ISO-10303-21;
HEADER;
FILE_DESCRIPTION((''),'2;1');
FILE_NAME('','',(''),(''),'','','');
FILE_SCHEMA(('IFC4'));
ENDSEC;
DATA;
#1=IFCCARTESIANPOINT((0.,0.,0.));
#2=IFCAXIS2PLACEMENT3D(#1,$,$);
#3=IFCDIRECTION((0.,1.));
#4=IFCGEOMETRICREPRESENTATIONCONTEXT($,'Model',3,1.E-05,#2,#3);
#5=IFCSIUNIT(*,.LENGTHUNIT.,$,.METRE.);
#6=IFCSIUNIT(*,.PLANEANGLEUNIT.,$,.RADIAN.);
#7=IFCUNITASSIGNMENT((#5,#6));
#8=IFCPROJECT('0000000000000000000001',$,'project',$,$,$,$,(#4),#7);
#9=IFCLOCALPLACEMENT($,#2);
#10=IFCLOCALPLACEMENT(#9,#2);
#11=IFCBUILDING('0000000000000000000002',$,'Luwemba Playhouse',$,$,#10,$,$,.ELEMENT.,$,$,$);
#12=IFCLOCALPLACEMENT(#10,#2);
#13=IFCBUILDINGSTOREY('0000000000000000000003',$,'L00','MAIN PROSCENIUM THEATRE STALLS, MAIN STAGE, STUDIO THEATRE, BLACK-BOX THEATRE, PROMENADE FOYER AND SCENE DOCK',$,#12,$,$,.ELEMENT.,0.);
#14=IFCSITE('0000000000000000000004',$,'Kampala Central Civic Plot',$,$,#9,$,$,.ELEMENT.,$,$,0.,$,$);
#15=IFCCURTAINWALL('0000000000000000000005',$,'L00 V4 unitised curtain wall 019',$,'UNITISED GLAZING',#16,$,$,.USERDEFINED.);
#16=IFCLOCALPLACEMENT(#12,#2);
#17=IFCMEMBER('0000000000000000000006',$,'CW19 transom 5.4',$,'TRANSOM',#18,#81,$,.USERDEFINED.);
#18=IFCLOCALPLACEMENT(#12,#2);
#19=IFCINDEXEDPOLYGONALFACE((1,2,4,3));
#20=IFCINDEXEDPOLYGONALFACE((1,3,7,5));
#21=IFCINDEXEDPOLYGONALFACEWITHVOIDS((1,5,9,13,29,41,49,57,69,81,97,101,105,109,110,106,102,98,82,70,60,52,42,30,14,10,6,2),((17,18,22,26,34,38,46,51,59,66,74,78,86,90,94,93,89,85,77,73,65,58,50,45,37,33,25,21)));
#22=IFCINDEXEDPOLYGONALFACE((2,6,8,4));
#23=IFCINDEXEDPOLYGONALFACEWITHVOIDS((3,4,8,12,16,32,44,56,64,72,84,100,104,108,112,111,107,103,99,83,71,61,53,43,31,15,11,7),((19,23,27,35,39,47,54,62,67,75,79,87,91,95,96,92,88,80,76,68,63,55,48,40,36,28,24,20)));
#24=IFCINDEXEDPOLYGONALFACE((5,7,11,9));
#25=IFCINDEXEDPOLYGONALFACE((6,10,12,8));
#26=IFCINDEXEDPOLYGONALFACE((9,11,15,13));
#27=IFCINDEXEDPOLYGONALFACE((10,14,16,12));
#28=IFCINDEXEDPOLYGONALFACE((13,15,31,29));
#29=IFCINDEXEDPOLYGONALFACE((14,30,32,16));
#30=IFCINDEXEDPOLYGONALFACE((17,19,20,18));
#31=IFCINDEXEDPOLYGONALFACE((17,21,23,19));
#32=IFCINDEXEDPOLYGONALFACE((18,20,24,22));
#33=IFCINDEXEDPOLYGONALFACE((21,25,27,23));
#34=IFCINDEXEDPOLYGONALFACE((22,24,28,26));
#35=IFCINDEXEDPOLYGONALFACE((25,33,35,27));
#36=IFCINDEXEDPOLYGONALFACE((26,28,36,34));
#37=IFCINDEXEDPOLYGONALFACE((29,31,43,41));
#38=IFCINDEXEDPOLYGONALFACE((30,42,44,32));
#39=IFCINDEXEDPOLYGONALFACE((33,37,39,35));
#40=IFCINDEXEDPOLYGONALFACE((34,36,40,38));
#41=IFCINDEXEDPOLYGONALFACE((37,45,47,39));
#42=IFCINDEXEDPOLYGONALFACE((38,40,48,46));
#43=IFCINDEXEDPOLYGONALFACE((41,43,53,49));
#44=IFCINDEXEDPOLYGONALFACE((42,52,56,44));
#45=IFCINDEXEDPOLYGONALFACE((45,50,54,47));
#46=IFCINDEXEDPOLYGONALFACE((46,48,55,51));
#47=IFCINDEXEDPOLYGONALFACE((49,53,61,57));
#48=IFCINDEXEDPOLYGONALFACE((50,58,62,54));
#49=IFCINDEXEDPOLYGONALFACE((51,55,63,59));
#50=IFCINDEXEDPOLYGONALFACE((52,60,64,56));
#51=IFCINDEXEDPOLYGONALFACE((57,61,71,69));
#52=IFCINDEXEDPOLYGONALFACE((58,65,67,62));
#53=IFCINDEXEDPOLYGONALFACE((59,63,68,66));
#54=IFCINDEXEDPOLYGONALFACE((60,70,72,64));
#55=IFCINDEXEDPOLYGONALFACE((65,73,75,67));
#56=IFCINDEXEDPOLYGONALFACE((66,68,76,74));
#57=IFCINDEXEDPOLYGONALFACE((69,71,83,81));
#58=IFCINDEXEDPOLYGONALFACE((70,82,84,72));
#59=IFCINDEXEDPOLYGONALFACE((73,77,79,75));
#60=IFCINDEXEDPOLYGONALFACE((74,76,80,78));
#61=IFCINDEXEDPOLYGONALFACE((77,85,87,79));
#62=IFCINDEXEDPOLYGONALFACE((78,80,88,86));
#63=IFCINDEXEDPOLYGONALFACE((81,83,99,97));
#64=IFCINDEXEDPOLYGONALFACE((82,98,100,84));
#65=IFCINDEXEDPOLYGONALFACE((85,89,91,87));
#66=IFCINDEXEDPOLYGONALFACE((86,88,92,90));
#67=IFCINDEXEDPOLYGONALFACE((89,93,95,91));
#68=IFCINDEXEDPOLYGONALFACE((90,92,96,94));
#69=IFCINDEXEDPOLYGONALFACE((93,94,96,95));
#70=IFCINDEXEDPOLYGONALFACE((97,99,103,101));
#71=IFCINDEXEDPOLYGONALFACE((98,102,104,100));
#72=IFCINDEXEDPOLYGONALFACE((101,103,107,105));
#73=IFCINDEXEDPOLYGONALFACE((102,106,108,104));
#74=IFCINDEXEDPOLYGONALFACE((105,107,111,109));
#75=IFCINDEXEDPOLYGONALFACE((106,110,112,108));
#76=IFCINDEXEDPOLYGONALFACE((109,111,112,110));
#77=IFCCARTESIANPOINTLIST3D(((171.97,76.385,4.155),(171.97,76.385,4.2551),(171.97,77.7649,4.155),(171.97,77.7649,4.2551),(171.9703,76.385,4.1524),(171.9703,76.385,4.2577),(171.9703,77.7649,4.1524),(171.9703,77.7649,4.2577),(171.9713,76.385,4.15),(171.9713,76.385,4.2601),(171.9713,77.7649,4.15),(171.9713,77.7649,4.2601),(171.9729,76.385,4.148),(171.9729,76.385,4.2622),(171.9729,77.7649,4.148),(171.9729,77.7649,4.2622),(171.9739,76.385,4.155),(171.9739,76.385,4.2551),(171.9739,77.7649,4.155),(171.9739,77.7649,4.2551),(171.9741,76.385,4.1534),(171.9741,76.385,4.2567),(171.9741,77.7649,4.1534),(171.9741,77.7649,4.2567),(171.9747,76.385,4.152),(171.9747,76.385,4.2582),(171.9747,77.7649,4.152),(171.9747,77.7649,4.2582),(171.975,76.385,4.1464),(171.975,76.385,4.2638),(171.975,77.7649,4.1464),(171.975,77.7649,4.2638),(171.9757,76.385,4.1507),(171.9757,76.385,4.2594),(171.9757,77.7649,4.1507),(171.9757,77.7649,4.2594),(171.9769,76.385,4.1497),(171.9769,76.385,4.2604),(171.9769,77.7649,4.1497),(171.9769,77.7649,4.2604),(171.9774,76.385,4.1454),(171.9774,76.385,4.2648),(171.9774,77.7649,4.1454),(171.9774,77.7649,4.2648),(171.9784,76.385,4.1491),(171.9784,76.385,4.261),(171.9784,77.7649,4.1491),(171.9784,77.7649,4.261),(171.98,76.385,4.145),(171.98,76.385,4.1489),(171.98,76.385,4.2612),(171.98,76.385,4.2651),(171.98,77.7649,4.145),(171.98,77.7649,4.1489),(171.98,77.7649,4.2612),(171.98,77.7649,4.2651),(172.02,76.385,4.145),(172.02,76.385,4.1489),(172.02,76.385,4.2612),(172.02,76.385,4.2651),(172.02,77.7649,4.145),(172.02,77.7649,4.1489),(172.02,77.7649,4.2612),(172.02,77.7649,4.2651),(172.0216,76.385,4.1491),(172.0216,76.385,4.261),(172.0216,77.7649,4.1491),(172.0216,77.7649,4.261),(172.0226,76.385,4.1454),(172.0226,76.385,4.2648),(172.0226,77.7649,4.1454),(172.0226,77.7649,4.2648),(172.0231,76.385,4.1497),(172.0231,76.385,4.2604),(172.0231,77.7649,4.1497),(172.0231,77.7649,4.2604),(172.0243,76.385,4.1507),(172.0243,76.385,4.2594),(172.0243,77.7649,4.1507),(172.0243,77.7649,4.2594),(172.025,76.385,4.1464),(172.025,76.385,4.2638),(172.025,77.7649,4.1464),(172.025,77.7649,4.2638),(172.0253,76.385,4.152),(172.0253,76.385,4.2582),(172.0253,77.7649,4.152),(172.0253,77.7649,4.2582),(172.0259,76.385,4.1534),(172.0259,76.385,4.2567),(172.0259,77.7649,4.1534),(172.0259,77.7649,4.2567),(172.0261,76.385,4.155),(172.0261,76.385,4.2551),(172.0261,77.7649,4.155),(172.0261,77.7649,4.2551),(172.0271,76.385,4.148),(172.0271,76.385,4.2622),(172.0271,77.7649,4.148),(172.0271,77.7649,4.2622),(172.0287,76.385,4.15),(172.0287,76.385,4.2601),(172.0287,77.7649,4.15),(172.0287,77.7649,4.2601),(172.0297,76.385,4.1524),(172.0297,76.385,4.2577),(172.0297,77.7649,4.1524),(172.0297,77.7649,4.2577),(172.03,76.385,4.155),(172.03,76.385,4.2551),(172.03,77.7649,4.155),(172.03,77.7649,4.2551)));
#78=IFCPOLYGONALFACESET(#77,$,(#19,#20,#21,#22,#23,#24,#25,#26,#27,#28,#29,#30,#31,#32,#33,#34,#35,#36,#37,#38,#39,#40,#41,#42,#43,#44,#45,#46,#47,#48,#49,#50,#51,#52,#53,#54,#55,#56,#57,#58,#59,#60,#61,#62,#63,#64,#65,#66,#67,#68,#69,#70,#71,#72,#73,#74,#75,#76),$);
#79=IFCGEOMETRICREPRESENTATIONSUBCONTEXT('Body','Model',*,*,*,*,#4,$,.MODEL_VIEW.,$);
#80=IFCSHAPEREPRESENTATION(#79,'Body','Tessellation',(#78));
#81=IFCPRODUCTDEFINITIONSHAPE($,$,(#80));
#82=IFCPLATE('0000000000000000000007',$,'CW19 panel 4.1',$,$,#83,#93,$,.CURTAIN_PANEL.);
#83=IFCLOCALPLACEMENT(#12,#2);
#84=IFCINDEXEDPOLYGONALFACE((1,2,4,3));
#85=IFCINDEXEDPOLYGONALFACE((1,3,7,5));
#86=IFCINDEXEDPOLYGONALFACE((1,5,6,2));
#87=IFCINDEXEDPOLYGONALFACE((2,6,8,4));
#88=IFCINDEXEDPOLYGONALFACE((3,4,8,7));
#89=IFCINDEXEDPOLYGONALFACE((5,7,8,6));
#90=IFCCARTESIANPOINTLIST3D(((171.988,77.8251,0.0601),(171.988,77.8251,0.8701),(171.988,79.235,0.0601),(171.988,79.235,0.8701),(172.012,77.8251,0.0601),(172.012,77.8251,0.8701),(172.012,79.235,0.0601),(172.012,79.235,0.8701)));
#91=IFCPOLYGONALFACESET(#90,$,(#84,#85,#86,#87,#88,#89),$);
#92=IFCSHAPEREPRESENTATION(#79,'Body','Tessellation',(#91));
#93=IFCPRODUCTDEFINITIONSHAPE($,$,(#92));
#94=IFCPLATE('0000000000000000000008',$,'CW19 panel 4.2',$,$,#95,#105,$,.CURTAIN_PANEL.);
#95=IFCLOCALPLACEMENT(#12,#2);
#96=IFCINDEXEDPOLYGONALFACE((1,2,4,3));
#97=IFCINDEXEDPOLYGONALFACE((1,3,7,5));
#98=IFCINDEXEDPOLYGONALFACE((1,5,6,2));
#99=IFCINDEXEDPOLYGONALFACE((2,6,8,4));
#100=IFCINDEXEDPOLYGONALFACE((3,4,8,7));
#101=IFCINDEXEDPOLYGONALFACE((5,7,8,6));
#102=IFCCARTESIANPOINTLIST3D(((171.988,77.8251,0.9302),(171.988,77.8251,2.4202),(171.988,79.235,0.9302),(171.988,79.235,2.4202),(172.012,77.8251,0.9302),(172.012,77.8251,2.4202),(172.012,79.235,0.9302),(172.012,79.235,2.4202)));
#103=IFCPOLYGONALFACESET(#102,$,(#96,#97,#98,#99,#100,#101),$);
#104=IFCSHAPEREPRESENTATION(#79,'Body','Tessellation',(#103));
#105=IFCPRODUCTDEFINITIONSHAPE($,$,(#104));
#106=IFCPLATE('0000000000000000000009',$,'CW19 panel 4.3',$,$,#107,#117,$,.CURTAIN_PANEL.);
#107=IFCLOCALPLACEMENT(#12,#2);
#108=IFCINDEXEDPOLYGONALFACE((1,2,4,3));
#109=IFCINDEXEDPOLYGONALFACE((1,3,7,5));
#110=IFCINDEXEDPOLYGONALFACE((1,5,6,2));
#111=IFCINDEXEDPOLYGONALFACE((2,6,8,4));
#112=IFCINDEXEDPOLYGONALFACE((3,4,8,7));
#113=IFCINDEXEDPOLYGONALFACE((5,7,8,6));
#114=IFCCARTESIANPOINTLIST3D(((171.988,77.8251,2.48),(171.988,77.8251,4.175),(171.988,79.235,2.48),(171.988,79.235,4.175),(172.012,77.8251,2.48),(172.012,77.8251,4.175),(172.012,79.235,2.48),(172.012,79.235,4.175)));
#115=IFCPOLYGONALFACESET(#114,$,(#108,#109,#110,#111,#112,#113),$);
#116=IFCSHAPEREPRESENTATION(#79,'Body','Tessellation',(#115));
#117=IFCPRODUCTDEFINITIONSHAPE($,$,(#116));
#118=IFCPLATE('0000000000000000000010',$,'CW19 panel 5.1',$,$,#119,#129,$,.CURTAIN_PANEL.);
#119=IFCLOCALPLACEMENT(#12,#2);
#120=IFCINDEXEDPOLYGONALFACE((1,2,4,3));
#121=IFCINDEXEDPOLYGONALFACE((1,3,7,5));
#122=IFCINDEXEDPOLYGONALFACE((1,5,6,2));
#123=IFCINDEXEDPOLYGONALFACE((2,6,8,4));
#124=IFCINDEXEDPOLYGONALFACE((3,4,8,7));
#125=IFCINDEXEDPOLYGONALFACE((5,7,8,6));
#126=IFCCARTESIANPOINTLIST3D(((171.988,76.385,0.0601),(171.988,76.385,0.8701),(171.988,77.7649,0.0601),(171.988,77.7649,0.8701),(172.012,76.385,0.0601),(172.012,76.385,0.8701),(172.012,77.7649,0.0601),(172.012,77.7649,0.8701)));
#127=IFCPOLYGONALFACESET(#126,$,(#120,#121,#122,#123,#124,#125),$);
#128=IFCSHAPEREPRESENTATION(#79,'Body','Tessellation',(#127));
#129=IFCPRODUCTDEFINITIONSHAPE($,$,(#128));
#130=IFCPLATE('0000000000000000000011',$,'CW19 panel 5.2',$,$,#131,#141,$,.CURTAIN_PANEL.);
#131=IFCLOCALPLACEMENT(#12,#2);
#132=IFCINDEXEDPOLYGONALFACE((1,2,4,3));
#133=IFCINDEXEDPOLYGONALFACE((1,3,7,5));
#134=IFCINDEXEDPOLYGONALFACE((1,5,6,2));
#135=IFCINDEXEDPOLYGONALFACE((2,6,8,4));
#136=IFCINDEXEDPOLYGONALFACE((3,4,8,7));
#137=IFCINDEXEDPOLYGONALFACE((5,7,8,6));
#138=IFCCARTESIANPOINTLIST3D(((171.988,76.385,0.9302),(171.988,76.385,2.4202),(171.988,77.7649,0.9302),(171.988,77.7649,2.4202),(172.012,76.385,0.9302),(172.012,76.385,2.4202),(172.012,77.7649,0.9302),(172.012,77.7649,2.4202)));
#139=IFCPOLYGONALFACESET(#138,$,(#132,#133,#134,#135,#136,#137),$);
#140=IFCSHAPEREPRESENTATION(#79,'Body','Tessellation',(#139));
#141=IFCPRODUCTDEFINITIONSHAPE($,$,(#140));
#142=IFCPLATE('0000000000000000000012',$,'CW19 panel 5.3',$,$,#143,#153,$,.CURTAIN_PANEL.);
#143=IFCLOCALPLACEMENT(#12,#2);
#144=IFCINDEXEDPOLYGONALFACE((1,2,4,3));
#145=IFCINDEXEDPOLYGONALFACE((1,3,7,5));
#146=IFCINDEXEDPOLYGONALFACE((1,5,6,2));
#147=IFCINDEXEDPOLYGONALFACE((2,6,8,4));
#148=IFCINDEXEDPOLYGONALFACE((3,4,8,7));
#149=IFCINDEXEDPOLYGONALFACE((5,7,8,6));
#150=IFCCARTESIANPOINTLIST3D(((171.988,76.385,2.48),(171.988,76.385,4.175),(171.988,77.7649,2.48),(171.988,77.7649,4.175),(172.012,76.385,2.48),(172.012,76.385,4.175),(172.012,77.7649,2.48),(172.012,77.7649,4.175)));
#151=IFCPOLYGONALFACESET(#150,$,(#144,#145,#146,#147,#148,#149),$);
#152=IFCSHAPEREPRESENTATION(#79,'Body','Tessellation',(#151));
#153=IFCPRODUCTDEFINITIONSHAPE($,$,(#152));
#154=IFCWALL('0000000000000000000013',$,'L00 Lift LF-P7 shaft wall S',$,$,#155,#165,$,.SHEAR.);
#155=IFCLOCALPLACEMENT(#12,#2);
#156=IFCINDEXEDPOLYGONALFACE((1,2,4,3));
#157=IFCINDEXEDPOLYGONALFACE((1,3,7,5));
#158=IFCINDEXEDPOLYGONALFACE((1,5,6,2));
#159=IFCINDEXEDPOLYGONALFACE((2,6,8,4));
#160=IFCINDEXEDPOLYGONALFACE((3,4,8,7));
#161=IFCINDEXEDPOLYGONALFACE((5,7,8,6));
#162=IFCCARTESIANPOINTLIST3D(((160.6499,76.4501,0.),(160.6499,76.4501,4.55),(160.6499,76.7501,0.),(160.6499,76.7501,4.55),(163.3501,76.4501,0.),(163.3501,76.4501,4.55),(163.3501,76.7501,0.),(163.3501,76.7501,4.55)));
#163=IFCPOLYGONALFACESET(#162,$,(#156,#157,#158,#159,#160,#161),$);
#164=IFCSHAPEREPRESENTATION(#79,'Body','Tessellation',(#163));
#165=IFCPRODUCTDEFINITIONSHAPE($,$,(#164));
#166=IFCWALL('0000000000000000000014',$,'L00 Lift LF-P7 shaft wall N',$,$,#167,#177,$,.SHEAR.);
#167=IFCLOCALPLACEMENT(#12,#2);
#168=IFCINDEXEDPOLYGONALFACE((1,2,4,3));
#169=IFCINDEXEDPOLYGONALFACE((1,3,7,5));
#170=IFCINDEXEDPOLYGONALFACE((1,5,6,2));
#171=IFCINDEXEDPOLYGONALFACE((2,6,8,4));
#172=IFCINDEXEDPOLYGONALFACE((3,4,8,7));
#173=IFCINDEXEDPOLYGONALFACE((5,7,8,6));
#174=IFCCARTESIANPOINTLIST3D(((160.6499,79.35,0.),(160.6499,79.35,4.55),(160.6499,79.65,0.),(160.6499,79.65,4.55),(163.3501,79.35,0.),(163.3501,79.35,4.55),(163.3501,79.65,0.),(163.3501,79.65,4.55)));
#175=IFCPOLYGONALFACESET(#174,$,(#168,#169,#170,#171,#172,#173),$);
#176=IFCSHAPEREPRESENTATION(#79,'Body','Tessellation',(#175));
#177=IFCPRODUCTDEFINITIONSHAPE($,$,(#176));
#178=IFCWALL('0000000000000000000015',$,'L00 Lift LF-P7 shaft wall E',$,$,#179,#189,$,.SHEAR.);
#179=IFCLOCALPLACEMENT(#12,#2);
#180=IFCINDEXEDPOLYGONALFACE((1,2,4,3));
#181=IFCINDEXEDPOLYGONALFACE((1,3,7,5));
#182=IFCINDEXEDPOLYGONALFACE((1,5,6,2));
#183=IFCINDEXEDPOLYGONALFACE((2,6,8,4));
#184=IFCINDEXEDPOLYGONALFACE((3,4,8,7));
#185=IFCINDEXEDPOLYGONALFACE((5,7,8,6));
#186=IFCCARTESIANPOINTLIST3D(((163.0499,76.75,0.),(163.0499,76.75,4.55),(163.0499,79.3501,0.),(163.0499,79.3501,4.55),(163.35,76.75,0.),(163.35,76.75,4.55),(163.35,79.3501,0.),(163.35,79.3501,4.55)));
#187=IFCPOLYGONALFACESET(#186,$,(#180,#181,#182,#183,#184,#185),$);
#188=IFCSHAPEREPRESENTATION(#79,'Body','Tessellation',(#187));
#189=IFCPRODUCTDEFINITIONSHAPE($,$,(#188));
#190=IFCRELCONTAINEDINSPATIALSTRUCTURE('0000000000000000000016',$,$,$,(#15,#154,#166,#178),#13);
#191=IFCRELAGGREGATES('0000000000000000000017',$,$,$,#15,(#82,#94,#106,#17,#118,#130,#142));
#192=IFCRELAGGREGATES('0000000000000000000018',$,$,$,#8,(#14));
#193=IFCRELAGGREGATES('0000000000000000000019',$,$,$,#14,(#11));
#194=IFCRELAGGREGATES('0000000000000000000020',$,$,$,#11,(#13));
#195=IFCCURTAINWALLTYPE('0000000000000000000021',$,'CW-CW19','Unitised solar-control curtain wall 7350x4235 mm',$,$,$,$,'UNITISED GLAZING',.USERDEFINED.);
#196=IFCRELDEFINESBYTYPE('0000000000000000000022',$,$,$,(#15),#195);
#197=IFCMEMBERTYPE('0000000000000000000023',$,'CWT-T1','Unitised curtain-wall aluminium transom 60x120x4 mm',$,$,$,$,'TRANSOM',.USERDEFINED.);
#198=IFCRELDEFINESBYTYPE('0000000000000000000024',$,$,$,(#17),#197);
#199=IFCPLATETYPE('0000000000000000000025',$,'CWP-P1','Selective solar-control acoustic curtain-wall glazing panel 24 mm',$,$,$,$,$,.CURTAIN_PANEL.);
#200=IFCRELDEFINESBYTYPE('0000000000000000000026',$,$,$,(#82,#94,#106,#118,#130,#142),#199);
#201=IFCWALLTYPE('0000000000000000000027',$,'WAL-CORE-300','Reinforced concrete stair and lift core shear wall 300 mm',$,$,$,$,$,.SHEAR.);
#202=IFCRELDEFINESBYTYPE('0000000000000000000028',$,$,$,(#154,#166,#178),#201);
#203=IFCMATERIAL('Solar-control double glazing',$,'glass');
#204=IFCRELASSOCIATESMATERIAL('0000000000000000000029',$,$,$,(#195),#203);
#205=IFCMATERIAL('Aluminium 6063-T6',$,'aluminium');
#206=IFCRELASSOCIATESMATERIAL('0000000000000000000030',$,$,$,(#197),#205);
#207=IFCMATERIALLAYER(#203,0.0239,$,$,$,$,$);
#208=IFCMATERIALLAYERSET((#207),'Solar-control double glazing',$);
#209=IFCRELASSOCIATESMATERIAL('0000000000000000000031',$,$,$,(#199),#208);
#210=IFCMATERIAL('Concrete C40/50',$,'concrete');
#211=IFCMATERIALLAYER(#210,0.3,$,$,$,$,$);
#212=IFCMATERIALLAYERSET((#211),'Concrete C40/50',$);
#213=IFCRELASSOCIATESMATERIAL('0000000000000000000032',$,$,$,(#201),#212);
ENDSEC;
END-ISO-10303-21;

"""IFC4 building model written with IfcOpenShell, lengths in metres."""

from ifc_helpers import new_model, si_unit, direction, frame, frame_2d, origin, origin_2d, place, context, subcontext, project, spatial, rectangle, hollow_rectangle, extrude, material, layer, layer_set, material_profile, profile_set, type_object, element, aggregate, save


model = new_model("IFC4")

# Units and contexts
model_context = context("Model", 3, precision=1e-05, world=origin(), true_north=direction((0.0, 1.0)))
body_context = subcontext(model_context, "Body", "Model", "MODEL_VIEW")
ifc_project = project(units=[si_unit("LENGTHUNIT", "METRE"), si_unit("PLANEANGLEUNIT", "RADIAN")], contexts=[model_context])

# Site, building, storey
site_placement = place(None, origin())
site = spatial("IfcSite", under=ifc_project, at=site_placement, Name="Kampala Central Civic Plot", CompositionType="ELEMENT", RefElevation=0.0)
building_placement = place(site_placement, origin())
building = spatial("IfcBuilding", under=site, at=building_placement, Name="Luwemba Playhouse", CompositionType="ELEMENT")
storey_placement = place(building_placement, origin())
storey = spatial("IfcBuildingStorey", under=building, at=storey_placement, Name="L00", Description="MAIN PROSCENIUM THEATRE STALLS, MAIN STAGE, STUDIO THEATRE, BLACK-BOX THEATRE, PROMENADE FOYER AND SCENE DOCK", CompositionType="ELEMENT", Elevation=0.0)

# Shared definitions
ifc_material_1 = material(Name="Concrete C40/50", Category="concrete")

# Curtain wall, member, plates
ifc_material_2 = material(Name="Solar-control double glazing", Category="glass")
curtain_wall_type = type_object("IfcCurtainWallType", Name="CW-CW19", Description="Unitised solar-control curtain wall 7350x4235 mm", ElementType="UNITISED GLAZING", PredefinedType="USERDEFINED", material=ifc_material_2)
curtain_wall_placement = place(storey_placement, origin())
curtain_wall = element("IfcCurtainWall", 1, at=curtain_wall_placement, inside=storey, type_object=curtain_wall_type, Name="L00 V4 unitised curtain wall 019", ObjectType="UNITISED GLAZING", PredefinedType="USERDEFINED")
ifc_material_3 = material(Name="Aluminium 6063-T6", Category="aluminium")
ifc_material_profile_1 = material_profile(ifc_material_3, hollow_rectangle(XDim=0.0601, YDim=0.1201, WallThickness=0.0039, InnerFilletRadius=0.0061, OuterFilletRadius=0.01, at=origin_2d()))
ifc_profile_set_1 = profile_set([ifc_material_profile_1], Name="Aluminium 6063-T6")
member_type_1 = type_object("IfcMemberType", Name="CWT-T1", Description="Unitised curtain-wall aluminium transom 60x120x4 mm", ElementType="TRANSOM", PredefinedType="USERDEFINED", material=ifc_profile_set_1)
member_1_placement = place(storey_placement, frame((172.0, 77.7649, 4.2051), z_axis=(0.0, -1.0, 0.0), x_axis=(1.0, 0.0, 0.0)))
member_1 = element("IfcMember", 2, at=member_1_placement, type_object=member_type_1, Name="CW19 transom 5.4", ObjectType="TRANSOM", PredefinedType="USERDEFINED", context=body_context, shape_type="SweptSolid", body=[
    extrude(hollow_rectangle(XDim=0.0601, YDim=0.1201, WallThickness=0.0039, InnerFilletRadius=0.0061, OuterFilletRadius=0.01, at=origin_2d()), origin(), (0.0, 0.0, 1.0), 1.3799),
])
ifc_layer_1 = layer(ifc_material_2, 0.0239)
ifc_layer_set_1 = layer_set([ifc_layer_1], Name="Solar-control double glazing")
plate_type = type_object("IfcPlateType", Name="CWP-P1", Description="Selective solar-control acoustic curtain-wall glazing panel 24 mm", PredefinedType="CURTAIN_PANEL", material=ifc_layer_set_1)
plate_1_placement = place(storey_placement, frame((172.0, 78.53, 0.0601), z_axis=(0.0, 0.0, 1.0), x_axis=(0.0, -1.0, 0.0)))
plate_1 = element("IfcPlate", 3, at=plate_1_placement, type_object=plate_type, Name="CW19 panel 4.1", PredefinedType="CURTAIN_PANEL", context=body_context, shape_type="SweptSolid", body=[
    extrude(rectangle(XDim=1.4099, YDim=0.0239, at=origin_2d()), origin(), (0.0, 0.0, 1.0), 0.8101),
])
plate_2_placement = place(storey_placement, frame((172.0, 78.53, 0.9302), z_axis=(0.0, 0.0, 1.0), x_axis=(0.0, -1.0, 0.0)))
plate_2 = element("IfcPlate", 4, at=plate_2_placement, type_object=plate_type, Name="CW19 panel 4.2", PredefinedType="CURTAIN_PANEL", context=body_context, shape_type="SweptSolid", body=[
    extrude(rectangle(XDim=1.4099, YDim=0.0239, at=origin_2d()), origin(), (0.0, 0.0, 1.0), 1.49),
])
plate_3_placement = place(storey_placement, frame((172.0, 78.53, 2.48), z_axis=(0.0, 0.0, 1.0), x_axis=(0.0, -1.0, 0.0)))
plate_3 = element("IfcPlate", 5, at=plate_3_placement, type_object=plate_type, Name="CW19 panel 4.3", PredefinedType="CURTAIN_PANEL", context=body_context, shape_type="SweptSolid", body=[
    extrude(rectangle(XDim=1.4099, YDim=0.0239, at=origin_2d()), origin(), (0.0, 0.0, 1.0), 1.6951),
])
plate_4_placement = place(storey_placement, frame((172.0, 77.075, 0.0601), z_axis=(0.0, 0.0, 1.0), x_axis=(0.0, -1.0, 0.0)))
plate_4 = element("IfcPlate", 6, at=plate_4_placement, type_object=plate_type, Name="CW19 panel 5.1", PredefinedType="CURTAIN_PANEL", context=body_context, shape_type="SweptSolid", body=[
    extrude(rectangle(XDim=1.3799, YDim=0.0239, at=origin_2d()), origin(), (0.0, 0.0, 1.0), 0.8101),
])
plate_5_placement = place(storey_placement, frame((172.0, 77.075, 0.9302), z_axis=(0.0, 0.0, 1.0), x_axis=(0.0, -1.0, 0.0)))
plate_5 = element("IfcPlate", 7, at=plate_5_placement, type_object=plate_type, Name="CW19 panel 5.2", PredefinedType="CURTAIN_PANEL", context=body_context, shape_type="SweptSolid", body=[
    extrude(rectangle(XDim=1.3799, YDim=0.0239, at=origin_2d()), origin(), (0.0, 0.0, 1.0), 1.49),
])
plate_6_placement = place(storey_placement, frame((172.0, 77.075, 2.48), z_axis=(0.0, 0.0, 1.0), x_axis=(0.0, -1.0, 0.0)))
plate_6 = element("IfcPlate", 8, at=plate_6_placement, type_object=plate_type, Name="CW19 panel 5.3", PredefinedType="CURTAIN_PANEL", context=body_context, shape_type="SweptSolid", body=[
    extrude(rectangle(XDim=1.3799, YDim=0.0239, at=origin_2d()), origin(), (0.0, 0.0, 1.0), 1.6951),
])
aggregate(curtain_wall, [plate_1, plate_2, plate_3, member_1, plate_4, plate_5, plate_6])

# Walls
ifc_layer_2 = layer(ifc_material_1, 0.3)
ifc_layer_set_2 = layer_set([ifc_layer_2], Name="Concrete C40/50")
wall_type = type_object("IfcWallType", Name="WAL-CORE-300", Description="Reinforced concrete stair and lift core shear wall 300 mm", PredefinedType="SHEAR", material=ifc_layer_set_2)
for number, where, z_axis, x_axis, name in (
    (9, (160.6499, 76.6001, 0.0), (0.0, 0.0, 1.0), (1.0, 0.0, 0.0), "L00 Lift LF-P7 shaft wall S"),
    (10, (163.3501, 79.5, 0.0), (0.0, 0.0, 1.0), (-1.0, 0.0, 0.0), "L00 Lift LF-P7 shaft wall N"),
):
    element("IfcWall", number, at=place(storey_placement, frame(where, z_axis=z_axis, x_axis=x_axis)), inside=storey, type_object=wall_type, Name=name, PredefinedType="SHEAR", context=body_context, shape_type="SweptSolid", body=[
        extrude(rectangle(XDim=2.7002, YDim=0.3, at=frame_2d((1.3501, 0.0))), origin(), (0.0, 0.0, 1.0), 4.55),
    ])

# Wall
wall_1_placement = place(storey_placement, frame((163.2, 79.3501, 0.0), z_axis=(0.0, 0.0, 1.0), x_axis=(0.0, -1.0, 0.0)))
element("IfcWall", 11, at=wall_1_placement, inside=storey, type_object=wall_type, Name="L00 Lift LF-P7 shaft wall E", PredefinedType="SHEAR", context=body_context, shape_type="SweptSolid", body=[
    extrude(rectangle(XDim=2.6001, YDim=0.3, at=frame_2d((1.3, 0.0))), origin(), (0.0, 0.0, 1.0), 4.55),
])

save(model, "model.ifc")
